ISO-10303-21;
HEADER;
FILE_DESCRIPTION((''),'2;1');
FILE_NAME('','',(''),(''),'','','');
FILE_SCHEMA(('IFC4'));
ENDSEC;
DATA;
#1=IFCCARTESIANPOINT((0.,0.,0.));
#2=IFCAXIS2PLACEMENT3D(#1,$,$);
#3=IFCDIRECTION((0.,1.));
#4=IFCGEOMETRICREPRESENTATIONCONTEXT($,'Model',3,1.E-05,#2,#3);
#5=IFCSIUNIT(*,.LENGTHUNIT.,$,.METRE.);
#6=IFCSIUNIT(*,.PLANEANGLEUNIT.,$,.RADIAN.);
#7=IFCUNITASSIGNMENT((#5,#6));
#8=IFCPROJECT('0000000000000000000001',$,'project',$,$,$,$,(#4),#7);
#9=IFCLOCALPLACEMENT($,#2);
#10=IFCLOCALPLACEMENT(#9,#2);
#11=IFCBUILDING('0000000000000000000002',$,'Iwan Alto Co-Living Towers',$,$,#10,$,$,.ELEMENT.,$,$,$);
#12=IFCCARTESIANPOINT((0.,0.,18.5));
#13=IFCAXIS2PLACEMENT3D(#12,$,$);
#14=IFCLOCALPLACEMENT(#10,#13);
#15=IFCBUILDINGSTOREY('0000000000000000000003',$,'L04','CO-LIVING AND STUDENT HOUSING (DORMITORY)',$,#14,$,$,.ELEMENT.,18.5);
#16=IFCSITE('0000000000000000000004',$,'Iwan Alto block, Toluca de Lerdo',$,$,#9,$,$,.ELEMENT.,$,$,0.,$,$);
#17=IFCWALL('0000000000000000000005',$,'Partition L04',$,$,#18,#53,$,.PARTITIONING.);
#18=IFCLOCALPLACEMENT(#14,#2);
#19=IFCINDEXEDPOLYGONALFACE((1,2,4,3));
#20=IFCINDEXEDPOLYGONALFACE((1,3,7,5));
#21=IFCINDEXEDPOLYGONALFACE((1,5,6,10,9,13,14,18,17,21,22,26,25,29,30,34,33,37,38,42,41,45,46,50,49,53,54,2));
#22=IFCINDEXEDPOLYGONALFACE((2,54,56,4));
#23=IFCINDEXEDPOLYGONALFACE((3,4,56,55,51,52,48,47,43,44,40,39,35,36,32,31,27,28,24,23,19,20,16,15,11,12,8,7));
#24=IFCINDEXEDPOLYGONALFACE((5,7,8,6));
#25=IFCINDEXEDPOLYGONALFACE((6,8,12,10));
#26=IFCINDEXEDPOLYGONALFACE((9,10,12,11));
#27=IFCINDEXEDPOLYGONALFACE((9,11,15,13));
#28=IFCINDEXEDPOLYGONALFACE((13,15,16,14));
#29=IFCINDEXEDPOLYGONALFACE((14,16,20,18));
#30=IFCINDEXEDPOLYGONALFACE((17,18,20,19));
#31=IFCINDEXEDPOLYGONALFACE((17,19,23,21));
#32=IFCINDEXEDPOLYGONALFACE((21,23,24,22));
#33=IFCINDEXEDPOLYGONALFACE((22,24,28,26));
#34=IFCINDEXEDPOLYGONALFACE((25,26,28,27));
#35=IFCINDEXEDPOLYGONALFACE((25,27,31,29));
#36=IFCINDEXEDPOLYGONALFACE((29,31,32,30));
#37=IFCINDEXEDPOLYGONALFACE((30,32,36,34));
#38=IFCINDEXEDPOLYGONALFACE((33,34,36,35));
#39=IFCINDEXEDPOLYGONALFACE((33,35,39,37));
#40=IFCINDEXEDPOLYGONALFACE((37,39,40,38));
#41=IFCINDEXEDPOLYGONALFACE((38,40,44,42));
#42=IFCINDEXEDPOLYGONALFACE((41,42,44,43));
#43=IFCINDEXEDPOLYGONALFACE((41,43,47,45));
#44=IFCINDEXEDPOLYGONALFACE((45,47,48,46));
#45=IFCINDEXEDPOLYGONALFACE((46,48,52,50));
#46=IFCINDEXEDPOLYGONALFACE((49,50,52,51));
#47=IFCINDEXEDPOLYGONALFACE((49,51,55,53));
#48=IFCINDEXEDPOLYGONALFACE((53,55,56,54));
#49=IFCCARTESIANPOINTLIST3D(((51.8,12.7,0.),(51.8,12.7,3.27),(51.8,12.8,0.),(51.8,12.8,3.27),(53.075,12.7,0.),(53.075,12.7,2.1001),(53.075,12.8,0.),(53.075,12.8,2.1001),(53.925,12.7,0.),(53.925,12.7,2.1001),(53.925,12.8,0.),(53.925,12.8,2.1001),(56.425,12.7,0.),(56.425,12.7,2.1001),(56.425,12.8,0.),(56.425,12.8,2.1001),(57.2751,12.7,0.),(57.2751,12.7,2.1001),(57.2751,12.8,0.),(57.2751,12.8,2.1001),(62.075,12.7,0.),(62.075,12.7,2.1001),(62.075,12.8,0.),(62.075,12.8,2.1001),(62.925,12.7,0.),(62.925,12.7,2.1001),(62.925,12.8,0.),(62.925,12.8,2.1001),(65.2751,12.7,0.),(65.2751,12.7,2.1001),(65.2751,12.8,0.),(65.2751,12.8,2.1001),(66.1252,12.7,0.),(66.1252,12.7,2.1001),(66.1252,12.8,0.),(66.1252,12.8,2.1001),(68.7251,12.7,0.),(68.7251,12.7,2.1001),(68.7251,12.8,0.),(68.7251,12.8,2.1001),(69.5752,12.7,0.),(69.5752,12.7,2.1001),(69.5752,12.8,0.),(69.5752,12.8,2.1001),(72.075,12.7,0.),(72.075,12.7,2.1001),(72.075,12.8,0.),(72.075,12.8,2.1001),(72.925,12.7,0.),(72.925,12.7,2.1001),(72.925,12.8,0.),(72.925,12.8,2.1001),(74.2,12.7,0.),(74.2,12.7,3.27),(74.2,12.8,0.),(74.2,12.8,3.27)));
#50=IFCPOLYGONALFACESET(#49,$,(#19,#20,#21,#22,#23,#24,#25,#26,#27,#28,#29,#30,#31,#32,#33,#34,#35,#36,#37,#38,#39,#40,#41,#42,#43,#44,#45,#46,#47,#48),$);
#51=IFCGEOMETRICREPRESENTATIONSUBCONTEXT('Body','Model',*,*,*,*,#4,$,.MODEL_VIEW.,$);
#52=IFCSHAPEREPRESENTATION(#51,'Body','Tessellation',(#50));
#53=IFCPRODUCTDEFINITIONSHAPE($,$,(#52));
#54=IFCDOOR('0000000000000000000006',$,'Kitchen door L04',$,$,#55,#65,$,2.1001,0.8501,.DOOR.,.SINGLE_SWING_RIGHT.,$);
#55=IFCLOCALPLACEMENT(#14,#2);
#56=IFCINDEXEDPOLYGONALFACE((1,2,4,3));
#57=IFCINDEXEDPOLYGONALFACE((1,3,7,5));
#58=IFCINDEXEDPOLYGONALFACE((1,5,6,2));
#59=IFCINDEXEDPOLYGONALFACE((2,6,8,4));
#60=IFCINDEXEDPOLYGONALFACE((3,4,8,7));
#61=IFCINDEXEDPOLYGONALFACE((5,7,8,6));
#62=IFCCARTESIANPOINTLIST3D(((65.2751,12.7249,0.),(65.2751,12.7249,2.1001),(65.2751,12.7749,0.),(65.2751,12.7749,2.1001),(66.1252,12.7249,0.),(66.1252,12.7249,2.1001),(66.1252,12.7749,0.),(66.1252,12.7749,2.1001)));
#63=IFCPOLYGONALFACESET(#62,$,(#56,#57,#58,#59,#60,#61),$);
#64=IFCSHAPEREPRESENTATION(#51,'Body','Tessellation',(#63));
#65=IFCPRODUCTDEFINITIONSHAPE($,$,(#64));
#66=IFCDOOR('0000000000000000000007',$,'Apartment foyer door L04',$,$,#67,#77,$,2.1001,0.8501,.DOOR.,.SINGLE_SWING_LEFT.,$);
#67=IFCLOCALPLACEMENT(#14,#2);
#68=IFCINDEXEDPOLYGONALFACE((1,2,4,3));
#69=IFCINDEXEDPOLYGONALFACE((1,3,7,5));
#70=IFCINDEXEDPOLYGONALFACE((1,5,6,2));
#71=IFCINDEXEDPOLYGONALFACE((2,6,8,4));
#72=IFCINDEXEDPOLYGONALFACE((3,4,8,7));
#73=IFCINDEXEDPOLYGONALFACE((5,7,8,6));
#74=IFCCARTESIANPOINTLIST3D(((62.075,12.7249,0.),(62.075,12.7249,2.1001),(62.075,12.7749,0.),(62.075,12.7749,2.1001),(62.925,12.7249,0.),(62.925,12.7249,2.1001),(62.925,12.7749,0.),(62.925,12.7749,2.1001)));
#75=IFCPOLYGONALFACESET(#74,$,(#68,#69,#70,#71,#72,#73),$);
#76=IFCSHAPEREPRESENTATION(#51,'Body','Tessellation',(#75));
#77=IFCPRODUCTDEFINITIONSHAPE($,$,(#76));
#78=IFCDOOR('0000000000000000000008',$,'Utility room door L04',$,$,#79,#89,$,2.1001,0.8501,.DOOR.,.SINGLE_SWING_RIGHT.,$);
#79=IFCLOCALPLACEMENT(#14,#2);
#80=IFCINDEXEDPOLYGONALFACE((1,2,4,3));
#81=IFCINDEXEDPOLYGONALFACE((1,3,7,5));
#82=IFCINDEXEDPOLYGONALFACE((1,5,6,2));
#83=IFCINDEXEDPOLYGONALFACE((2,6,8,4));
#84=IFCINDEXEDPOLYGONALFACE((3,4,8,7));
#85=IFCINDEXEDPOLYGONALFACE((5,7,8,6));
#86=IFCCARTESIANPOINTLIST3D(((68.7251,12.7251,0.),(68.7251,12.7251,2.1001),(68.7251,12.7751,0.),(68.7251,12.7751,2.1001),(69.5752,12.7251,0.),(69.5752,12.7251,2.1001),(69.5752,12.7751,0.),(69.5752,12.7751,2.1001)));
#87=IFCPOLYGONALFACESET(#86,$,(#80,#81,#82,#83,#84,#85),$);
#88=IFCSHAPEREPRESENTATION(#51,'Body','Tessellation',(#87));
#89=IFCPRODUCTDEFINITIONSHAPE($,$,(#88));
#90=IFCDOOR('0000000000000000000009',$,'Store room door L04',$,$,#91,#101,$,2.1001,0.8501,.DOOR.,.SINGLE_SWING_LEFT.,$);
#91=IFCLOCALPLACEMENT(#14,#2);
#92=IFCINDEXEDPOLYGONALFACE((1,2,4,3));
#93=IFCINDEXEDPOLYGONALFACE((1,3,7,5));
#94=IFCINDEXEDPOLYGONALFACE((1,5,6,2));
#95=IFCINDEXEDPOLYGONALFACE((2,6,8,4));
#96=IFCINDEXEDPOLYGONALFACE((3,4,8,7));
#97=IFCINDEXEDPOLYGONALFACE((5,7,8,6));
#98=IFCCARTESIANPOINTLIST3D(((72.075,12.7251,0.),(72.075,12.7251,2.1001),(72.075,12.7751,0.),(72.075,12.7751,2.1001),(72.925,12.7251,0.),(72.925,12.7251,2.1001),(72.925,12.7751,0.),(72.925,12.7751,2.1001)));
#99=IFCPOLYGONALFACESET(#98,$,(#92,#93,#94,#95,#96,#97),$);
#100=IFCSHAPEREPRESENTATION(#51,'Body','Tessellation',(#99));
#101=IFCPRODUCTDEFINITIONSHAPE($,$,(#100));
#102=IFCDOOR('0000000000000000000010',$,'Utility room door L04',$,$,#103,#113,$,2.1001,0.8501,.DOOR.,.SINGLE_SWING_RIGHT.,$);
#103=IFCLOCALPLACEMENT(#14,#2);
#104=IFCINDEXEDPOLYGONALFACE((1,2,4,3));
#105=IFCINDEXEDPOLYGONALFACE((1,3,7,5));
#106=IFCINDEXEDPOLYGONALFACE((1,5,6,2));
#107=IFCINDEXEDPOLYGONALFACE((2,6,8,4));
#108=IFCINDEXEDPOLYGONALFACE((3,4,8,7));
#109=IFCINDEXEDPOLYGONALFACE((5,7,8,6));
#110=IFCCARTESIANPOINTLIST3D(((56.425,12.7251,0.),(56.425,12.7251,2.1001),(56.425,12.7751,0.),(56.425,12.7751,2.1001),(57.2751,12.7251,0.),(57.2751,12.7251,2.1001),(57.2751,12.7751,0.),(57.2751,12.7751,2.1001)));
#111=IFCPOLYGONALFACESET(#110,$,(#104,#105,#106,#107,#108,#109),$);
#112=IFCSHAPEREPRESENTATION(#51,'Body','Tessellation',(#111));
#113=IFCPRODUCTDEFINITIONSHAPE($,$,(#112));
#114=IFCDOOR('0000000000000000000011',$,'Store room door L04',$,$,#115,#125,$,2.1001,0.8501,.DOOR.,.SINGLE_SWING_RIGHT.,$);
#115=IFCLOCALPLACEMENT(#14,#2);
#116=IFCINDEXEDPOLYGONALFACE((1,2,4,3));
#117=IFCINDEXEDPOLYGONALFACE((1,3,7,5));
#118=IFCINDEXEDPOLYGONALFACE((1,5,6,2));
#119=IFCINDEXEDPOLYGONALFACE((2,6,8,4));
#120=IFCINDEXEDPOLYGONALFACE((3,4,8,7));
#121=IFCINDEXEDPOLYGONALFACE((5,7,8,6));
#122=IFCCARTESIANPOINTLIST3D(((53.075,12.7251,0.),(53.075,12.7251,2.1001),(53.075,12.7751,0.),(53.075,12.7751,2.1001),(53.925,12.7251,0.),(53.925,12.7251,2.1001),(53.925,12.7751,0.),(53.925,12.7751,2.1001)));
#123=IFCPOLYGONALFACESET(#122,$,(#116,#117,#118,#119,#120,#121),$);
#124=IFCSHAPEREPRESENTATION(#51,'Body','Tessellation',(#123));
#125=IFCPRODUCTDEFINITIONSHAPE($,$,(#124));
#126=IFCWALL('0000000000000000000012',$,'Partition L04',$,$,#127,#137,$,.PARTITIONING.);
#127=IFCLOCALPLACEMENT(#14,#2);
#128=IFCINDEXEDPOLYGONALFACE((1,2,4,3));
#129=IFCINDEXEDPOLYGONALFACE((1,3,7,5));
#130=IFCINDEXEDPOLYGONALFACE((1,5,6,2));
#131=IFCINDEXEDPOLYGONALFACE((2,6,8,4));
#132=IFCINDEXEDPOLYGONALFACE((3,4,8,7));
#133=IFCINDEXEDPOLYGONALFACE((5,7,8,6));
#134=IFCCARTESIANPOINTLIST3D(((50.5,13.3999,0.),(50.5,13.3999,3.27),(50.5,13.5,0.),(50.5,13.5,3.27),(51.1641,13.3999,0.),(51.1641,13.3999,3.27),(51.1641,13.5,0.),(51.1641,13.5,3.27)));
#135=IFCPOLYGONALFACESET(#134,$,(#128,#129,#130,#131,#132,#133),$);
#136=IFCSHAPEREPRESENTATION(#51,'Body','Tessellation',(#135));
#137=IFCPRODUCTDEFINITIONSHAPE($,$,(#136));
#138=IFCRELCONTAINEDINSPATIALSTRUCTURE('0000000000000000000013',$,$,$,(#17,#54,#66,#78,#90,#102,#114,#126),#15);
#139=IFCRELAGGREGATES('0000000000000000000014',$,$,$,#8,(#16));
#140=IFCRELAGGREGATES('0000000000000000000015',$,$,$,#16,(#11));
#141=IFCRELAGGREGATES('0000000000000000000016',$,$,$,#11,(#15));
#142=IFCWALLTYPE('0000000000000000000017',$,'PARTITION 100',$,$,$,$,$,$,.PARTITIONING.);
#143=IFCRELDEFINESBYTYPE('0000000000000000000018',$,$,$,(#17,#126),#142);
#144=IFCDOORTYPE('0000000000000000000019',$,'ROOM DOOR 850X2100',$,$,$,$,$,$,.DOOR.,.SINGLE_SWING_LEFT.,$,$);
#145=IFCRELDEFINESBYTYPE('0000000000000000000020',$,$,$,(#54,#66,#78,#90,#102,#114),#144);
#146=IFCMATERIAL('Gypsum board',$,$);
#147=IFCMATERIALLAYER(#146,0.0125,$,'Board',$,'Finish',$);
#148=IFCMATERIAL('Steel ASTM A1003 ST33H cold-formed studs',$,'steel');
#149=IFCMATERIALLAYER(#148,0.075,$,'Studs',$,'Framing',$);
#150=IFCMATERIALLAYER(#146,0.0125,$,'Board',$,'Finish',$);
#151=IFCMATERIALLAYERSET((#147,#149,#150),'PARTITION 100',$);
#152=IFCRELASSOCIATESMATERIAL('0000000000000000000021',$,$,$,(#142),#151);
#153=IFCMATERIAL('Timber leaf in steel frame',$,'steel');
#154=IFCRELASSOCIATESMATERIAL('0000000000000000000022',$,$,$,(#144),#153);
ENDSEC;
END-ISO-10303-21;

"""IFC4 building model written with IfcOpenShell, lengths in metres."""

from ifc_helpers import new_model, si_unit, direction, frame, frame_2d, origin, place, context, subcontext, project, spatial, rectangle, extrude, material, layer, layer_set, type_object, element, fill, save


model = new_model("IFC4")

# Units and contexts
model_context = context("Model", 3, precision=1e-05, world=origin(), true_north=direction((0.0, 1.0)))
body_context = subcontext(model_context, "Body", "Model", "MODEL_VIEW")
ifc_project = project(units=[si_unit("LENGTHUNIT", "METRE"), si_unit("PLANEANGLEUNIT", "RADIAN")], contexts=[model_context])

# Site, building, storey
site_placement = place(None, origin())
site = spatial("IfcSite", under=ifc_project, at=site_placement, Name="Iwan Alto block, Toluca de Lerdo", CompositionType="ELEMENT", RefElevation=0.0)
building_placement = place(site_placement, origin())
building = spatial("IfcBuilding", under=site, at=building_placement, Name="Iwan Alto Co-Living Towers", CompositionType="ELEMENT")
storey_placement = place(building_placement, frame((0.0, 0.0, 18.5)))
storey = spatial("IfcBuildingStorey", under=building, at=storey_placement, Name="L04", Description="CO-LIVING AND STUDENT HOUSING (DORMITORY)", CompositionType="ELEMENT", Elevation=18.5)

# Shared definitions
ifc_material_1 = material(Name="Gypsum board")
ifc_material_2 = material(Name="Steel ASTM A1003 ST33H cold-formed studs", Category="steel")

# Wall, openings, doors
ifc_layer_1 = layer(ifc_material_1, 0.0125, Name="Board", Category="Finish")
ifc_layer_2 = layer(ifc_material_2, 0.075, Name="Studs", Category="Framing")
ifc_layer_3 = layer(ifc_material_1, 0.0125, Name="Board", Category="Finish")
ifc_layer_set_1 = layer_set([ifc_layer_1, ifc_layer_2, ifc_layer_3], Name="PARTITION 100")
wall_type_1 = type_object("IfcWallType", Name="PARTITION 100", PredefinedType="PARTITIONING", material=ifc_layer_set_1)
wall_1_placement = place(storey_placement, frame((51.8, 12.75, 0.0), z_axis=(0.0, 0.0, 1.0), x_axis=(1.0, 0.0, 0.0)))
wall_1 = element("IfcWall", 1, at=wall_1_placement, inside=storey, type_object=wall_type_1, Name="Partition L04", PredefinedType="PARTITIONING", context=body_context, shape_type="SweptSolid", body=[
    extrude(rectangle(XDim=22.3999, YDim=0.1001, at=frame_2d((11.2, 0.0))), origin(), (0.0, 0.0, 1.0), 3.27),
])
opening_1_placement = place(wall_1_placement, frame((13.4751, 0.0, 0.0)))
opening_1 = element("IfcOpeningElement", 2, at=opening_1_placement, cuts=wall_1, PredefinedType="OPENING", context=body_context, shape_type="SweptSolid", body=[
    extrude(rectangle(XDim=0.8501, YDim=2.1001, at=frame_2d((0.425, 1.05))), frame((0.0, 0.0601, 0.0), z_axis=(0.0, -1.0, 0.0), x_axis=(1.0, 0.0, 0.0)), (0.0, 0.0, 1.0), 0.1201),
])
opening_2_placement = place(wall_1_placement, frame((10.2749, 0.0, 0.0)))
opening_2 = element("IfcOpeningElement", 3, at=opening_2_placement, cuts=wall_1, PredefinedType="OPENING", context=body_context, shape_type="SweptSolid", body=[
    extrude(rectangle(XDim=0.8501, YDim=2.1001, at=frame_2d((0.425, 1.05))), frame((0.0, 0.0601, 0.0), z_axis=(0.0, -1.0, 0.0), x_axis=(1.0, 0.0, 0.0)), (0.0, 0.0, 1.0), 0.1201),
])
opening_3_placement = place(wall_1_placement, frame((16.925, 0.0, 0.0)))
opening_3 = element("IfcOpeningElement", 4, at=opening_3_placement, cuts=wall_1, PredefinedType="OPENING", context=body_context, shape_type="SweptSolid", body=[
    extrude(rectangle(XDim=0.8501, YDim=2.1001, at=frame_2d((0.425, 1.05))), frame((0.0, 0.0601, 0.0), z_axis=(0.0, -1.0, 0.0), x_axis=(1.0, 0.0, 0.0)), (0.0, 0.0, 1.0), 0.1201),
])
opening_4_placement = place(wall_1_placement, frame((20.2749, 0.0, 0.0)))
opening_4 = element("IfcOpeningElement", 5, at=opening_4_placement, cuts=wall_1, PredefinedType="OPENING", context=body_context, shape_type="SweptSolid", body=[
    extrude(rectangle(XDim=0.8501, YDim=2.1001, at=frame_2d((0.425, 1.05))), frame((0.0, 0.0601, 0.0), z_axis=(0.0, -1.0, 0.0), x_axis=(1.0, 0.0, 0.0)), (0.0, 0.0, 1.0), 0.1201),
])
opening_5_placement = place(wall_1_placement, frame((4.625, 0.0, 0.0)))
opening_5 = element("IfcOpeningElement", 6, at=opening_5_placement, cuts=wall_1, PredefinedType="OPENING", context=body_context, shape_type="SweptSolid", body=[
    extrude(rectangle(XDim=0.8501, YDim=2.1001, at=frame_2d((0.425, 1.05))), frame((0.0, 0.0601, 0.0), z_axis=(0.0, -1.0, 0.0), x_axis=(1.0, 0.0, 0.0)), (0.0, 0.0, 1.0), 0.1201),
])
opening_6_placement = place(wall_1_placement, frame((1.2749, 0.0, 0.0)))
opening_6 = element("IfcOpeningElement", 7, at=opening_6_placement, cuts=wall_1, PredefinedType="OPENING", context=body_context, shape_type="SweptSolid", body=[
    extrude(rectangle(XDim=0.8501, YDim=2.1001, at=frame_2d((0.425, 1.05))), frame((0.0, 0.0601, 0.0), z_axis=(0.0, -1.0, 0.0), x_axis=(1.0, 0.0, 0.0)), (0.0, 0.0, 1.0), 0.1201),
])
ifc_material_3 = material(Name="Timber leaf in steel frame", Category="steel")
door_type_1 = type_object("IfcDoorType", Name="ROOM DOOR 850X2100", OperationType="SINGLE_SWING_LEFT", PredefinedType="DOOR", material=ifc_material_3)
door_1_placement = place(opening_1_placement, origin())
door_1 = element("IfcDoor", 8, at=door_1_placement, inside=storey, type_object=door_type_1, Name="Kitchen door L04", OperationType="SINGLE_SWING_RIGHT", OverallHeight=2.1001, OverallWidth=0.8501, PredefinedType="DOOR", context=body_context, shape_type="SweptSolid", body=[
    extrude(rectangle(XDim=0.8501, YDim=2.1001, at=frame_2d((0.425, 1.05))), frame((0.0, 0.0249, 0.0), z_axis=(0.0, -1.0, 0.0), x_axis=(1.0, 0.0, 0.0)), (0.0, 0.0, 1.0), 0.05),
])
fill(opening_1, door_1)
door_2_placement = place(opening_2_placement, origin())
door_2 = element("IfcDoor", 9, at=door_2_placement, inside=storey, type_object=door_type_1, Name="Apartment foyer door L04", OperationType="SINGLE_SWING_LEFT", OverallHeight=2.1001, OverallWidth=0.8501, PredefinedType="DOOR", context=body_context, shape_type="SweptSolid", body=[
    extrude(rectangle(XDim=0.8501, YDim=2.1001, at=frame_2d((0.425, 1.05))), frame((0.0, 0.0249, 0.0), z_axis=(0.0, -1.0, 0.0), x_axis=(1.0, 0.0, 0.0)), (0.0, 0.0, 1.0), 0.05),
])
fill(opening_2, door_2)
door_3_placement = place(opening_3_placement, frame((0.8501, 0.0, 0.0), z_axis=(0.0, 0.0, 1.0), x_axis=(-1.0, 0.0, 0.0)))
door_3 = element("IfcDoor", 10, at=door_3_placement, inside=storey, type_object=door_type_1, Name="Utility room door L04", OperationType="SINGLE_SWING_RIGHT", OverallHeight=2.1001, OverallWidth=0.8501, PredefinedType="DOOR", context=body_context, shape_type="SweptSolid", body=[
    extrude(rectangle(XDim=0.8501, YDim=2.1001, at=frame_2d((0.425, 1.05))), frame((0.0, 0.0249, 0.0), z_axis=(0.0, -1.0, 0.0), x_axis=(1.0, 0.0, 0.0)), (0.0, 0.0, 1.0), 0.05),
])
fill(opening_3, door_3)
door_4_placement = place(opening_4_placement, frame((0.8501, 0.0, 0.0), z_axis=(0.0, 0.0, 1.0), x_axis=(-1.0, 0.0, 0.0)))
door_4 = element("IfcDoor", 11, at=door_4_placement, inside=storey, type_object=door_type_1, Name="Store room door L04", OperationType="SINGLE_SWING_LEFT", OverallHeight=2.1001, OverallWidth=0.8501, PredefinedType="DOOR", context=body_context, shape_type="SweptSolid", body=[
    extrude(rectangle(XDim=0.8501, YDim=2.1001, at=frame_2d((0.425, 1.05))), frame((0.0, 0.0249, 0.0), z_axis=(0.0, -1.0, 0.0), x_axis=(1.0, 0.0, 0.0)), (0.0, 0.0, 1.0), 0.05),
])
fill(opening_4, door_4)
door_5_placement = place(opening_5_placement, frame((0.8501, 0.0, 0.0), z_axis=(0.0, 0.0, 1.0), x_axis=(-1.0, 0.0, 0.0)))
door_5 = element("IfcDoor", 12, at=door_5_placement, inside=storey, type_object=door_type_1, Name="Utility room door L04", OperationType="SINGLE_SWING_RIGHT", OverallHeight=2.1001, OverallWidth=0.8501, PredefinedType="DOOR", context=body_context, shape_type="SweptSolid", body=[
    extrude(rectangle(XDim=0.8501, YDim=2.1001, at=frame_2d((0.425, 1.05))), frame((0.0, 0.0249, 0.0), z_axis=(0.0, -1.0, 0.0), x_axis=(1.0, 0.0, 0.0)), (0.0, 0.0, 1.0), 0.05),
])
fill(opening_5, door_5)
door_6_placement = place(opening_6_placement, frame((0.8501, 0.0, 0.0), z_axis=(0.0, 0.0, 1.0), x_axis=(-1.0, 0.0, 0.0)))
door_6 = element("IfcDoor", 13, at=door_6_placement, inside=storey, type_object=door_type_1, Name="Store room door L04", OperationType="SINGLE_SWING_RIGHT", OverallHeight=2.1001, OverallWidth=0.8501, PredefinedType="DOOR", context=body_context, shape_type="SweptSolid", body=[
    extrude(rectangle(XDim=0.8501, YDim=2.1001, at=frame_2d((0.425, 1.05))), frame((0.0, 0.0249, 0.0), z_axis=(0.0, -1.0, 0.0), x_axis=(1.0, 0.0, 0.0)), (0.0, 0.0, 1.0), 0.05),
])
fill(opening_6, door_6)

# Wall
wall_2_placement = place(storey_placement, frame((50.5, 13.45, 0.0), z_axis=(0.0, 0.0, 1.0), x_axis=(1.0, 0.0, 0.0)))
element("IfcWall", 14, at=wall_2_placement, inside=storey, type_object=wall_type_1, Name="Partition L04", PredefinedType="PARTITIONING", context=body_context, shape_type="SweptSolid", body=[
    extrude(rectangle(XDim=0.6641, YDim=0.1001, at=frame_2d((0.332, 0.0))), origin(), (0.0, 0.0, 1.0), 3.27),
])

save(model, "model.ifc")
